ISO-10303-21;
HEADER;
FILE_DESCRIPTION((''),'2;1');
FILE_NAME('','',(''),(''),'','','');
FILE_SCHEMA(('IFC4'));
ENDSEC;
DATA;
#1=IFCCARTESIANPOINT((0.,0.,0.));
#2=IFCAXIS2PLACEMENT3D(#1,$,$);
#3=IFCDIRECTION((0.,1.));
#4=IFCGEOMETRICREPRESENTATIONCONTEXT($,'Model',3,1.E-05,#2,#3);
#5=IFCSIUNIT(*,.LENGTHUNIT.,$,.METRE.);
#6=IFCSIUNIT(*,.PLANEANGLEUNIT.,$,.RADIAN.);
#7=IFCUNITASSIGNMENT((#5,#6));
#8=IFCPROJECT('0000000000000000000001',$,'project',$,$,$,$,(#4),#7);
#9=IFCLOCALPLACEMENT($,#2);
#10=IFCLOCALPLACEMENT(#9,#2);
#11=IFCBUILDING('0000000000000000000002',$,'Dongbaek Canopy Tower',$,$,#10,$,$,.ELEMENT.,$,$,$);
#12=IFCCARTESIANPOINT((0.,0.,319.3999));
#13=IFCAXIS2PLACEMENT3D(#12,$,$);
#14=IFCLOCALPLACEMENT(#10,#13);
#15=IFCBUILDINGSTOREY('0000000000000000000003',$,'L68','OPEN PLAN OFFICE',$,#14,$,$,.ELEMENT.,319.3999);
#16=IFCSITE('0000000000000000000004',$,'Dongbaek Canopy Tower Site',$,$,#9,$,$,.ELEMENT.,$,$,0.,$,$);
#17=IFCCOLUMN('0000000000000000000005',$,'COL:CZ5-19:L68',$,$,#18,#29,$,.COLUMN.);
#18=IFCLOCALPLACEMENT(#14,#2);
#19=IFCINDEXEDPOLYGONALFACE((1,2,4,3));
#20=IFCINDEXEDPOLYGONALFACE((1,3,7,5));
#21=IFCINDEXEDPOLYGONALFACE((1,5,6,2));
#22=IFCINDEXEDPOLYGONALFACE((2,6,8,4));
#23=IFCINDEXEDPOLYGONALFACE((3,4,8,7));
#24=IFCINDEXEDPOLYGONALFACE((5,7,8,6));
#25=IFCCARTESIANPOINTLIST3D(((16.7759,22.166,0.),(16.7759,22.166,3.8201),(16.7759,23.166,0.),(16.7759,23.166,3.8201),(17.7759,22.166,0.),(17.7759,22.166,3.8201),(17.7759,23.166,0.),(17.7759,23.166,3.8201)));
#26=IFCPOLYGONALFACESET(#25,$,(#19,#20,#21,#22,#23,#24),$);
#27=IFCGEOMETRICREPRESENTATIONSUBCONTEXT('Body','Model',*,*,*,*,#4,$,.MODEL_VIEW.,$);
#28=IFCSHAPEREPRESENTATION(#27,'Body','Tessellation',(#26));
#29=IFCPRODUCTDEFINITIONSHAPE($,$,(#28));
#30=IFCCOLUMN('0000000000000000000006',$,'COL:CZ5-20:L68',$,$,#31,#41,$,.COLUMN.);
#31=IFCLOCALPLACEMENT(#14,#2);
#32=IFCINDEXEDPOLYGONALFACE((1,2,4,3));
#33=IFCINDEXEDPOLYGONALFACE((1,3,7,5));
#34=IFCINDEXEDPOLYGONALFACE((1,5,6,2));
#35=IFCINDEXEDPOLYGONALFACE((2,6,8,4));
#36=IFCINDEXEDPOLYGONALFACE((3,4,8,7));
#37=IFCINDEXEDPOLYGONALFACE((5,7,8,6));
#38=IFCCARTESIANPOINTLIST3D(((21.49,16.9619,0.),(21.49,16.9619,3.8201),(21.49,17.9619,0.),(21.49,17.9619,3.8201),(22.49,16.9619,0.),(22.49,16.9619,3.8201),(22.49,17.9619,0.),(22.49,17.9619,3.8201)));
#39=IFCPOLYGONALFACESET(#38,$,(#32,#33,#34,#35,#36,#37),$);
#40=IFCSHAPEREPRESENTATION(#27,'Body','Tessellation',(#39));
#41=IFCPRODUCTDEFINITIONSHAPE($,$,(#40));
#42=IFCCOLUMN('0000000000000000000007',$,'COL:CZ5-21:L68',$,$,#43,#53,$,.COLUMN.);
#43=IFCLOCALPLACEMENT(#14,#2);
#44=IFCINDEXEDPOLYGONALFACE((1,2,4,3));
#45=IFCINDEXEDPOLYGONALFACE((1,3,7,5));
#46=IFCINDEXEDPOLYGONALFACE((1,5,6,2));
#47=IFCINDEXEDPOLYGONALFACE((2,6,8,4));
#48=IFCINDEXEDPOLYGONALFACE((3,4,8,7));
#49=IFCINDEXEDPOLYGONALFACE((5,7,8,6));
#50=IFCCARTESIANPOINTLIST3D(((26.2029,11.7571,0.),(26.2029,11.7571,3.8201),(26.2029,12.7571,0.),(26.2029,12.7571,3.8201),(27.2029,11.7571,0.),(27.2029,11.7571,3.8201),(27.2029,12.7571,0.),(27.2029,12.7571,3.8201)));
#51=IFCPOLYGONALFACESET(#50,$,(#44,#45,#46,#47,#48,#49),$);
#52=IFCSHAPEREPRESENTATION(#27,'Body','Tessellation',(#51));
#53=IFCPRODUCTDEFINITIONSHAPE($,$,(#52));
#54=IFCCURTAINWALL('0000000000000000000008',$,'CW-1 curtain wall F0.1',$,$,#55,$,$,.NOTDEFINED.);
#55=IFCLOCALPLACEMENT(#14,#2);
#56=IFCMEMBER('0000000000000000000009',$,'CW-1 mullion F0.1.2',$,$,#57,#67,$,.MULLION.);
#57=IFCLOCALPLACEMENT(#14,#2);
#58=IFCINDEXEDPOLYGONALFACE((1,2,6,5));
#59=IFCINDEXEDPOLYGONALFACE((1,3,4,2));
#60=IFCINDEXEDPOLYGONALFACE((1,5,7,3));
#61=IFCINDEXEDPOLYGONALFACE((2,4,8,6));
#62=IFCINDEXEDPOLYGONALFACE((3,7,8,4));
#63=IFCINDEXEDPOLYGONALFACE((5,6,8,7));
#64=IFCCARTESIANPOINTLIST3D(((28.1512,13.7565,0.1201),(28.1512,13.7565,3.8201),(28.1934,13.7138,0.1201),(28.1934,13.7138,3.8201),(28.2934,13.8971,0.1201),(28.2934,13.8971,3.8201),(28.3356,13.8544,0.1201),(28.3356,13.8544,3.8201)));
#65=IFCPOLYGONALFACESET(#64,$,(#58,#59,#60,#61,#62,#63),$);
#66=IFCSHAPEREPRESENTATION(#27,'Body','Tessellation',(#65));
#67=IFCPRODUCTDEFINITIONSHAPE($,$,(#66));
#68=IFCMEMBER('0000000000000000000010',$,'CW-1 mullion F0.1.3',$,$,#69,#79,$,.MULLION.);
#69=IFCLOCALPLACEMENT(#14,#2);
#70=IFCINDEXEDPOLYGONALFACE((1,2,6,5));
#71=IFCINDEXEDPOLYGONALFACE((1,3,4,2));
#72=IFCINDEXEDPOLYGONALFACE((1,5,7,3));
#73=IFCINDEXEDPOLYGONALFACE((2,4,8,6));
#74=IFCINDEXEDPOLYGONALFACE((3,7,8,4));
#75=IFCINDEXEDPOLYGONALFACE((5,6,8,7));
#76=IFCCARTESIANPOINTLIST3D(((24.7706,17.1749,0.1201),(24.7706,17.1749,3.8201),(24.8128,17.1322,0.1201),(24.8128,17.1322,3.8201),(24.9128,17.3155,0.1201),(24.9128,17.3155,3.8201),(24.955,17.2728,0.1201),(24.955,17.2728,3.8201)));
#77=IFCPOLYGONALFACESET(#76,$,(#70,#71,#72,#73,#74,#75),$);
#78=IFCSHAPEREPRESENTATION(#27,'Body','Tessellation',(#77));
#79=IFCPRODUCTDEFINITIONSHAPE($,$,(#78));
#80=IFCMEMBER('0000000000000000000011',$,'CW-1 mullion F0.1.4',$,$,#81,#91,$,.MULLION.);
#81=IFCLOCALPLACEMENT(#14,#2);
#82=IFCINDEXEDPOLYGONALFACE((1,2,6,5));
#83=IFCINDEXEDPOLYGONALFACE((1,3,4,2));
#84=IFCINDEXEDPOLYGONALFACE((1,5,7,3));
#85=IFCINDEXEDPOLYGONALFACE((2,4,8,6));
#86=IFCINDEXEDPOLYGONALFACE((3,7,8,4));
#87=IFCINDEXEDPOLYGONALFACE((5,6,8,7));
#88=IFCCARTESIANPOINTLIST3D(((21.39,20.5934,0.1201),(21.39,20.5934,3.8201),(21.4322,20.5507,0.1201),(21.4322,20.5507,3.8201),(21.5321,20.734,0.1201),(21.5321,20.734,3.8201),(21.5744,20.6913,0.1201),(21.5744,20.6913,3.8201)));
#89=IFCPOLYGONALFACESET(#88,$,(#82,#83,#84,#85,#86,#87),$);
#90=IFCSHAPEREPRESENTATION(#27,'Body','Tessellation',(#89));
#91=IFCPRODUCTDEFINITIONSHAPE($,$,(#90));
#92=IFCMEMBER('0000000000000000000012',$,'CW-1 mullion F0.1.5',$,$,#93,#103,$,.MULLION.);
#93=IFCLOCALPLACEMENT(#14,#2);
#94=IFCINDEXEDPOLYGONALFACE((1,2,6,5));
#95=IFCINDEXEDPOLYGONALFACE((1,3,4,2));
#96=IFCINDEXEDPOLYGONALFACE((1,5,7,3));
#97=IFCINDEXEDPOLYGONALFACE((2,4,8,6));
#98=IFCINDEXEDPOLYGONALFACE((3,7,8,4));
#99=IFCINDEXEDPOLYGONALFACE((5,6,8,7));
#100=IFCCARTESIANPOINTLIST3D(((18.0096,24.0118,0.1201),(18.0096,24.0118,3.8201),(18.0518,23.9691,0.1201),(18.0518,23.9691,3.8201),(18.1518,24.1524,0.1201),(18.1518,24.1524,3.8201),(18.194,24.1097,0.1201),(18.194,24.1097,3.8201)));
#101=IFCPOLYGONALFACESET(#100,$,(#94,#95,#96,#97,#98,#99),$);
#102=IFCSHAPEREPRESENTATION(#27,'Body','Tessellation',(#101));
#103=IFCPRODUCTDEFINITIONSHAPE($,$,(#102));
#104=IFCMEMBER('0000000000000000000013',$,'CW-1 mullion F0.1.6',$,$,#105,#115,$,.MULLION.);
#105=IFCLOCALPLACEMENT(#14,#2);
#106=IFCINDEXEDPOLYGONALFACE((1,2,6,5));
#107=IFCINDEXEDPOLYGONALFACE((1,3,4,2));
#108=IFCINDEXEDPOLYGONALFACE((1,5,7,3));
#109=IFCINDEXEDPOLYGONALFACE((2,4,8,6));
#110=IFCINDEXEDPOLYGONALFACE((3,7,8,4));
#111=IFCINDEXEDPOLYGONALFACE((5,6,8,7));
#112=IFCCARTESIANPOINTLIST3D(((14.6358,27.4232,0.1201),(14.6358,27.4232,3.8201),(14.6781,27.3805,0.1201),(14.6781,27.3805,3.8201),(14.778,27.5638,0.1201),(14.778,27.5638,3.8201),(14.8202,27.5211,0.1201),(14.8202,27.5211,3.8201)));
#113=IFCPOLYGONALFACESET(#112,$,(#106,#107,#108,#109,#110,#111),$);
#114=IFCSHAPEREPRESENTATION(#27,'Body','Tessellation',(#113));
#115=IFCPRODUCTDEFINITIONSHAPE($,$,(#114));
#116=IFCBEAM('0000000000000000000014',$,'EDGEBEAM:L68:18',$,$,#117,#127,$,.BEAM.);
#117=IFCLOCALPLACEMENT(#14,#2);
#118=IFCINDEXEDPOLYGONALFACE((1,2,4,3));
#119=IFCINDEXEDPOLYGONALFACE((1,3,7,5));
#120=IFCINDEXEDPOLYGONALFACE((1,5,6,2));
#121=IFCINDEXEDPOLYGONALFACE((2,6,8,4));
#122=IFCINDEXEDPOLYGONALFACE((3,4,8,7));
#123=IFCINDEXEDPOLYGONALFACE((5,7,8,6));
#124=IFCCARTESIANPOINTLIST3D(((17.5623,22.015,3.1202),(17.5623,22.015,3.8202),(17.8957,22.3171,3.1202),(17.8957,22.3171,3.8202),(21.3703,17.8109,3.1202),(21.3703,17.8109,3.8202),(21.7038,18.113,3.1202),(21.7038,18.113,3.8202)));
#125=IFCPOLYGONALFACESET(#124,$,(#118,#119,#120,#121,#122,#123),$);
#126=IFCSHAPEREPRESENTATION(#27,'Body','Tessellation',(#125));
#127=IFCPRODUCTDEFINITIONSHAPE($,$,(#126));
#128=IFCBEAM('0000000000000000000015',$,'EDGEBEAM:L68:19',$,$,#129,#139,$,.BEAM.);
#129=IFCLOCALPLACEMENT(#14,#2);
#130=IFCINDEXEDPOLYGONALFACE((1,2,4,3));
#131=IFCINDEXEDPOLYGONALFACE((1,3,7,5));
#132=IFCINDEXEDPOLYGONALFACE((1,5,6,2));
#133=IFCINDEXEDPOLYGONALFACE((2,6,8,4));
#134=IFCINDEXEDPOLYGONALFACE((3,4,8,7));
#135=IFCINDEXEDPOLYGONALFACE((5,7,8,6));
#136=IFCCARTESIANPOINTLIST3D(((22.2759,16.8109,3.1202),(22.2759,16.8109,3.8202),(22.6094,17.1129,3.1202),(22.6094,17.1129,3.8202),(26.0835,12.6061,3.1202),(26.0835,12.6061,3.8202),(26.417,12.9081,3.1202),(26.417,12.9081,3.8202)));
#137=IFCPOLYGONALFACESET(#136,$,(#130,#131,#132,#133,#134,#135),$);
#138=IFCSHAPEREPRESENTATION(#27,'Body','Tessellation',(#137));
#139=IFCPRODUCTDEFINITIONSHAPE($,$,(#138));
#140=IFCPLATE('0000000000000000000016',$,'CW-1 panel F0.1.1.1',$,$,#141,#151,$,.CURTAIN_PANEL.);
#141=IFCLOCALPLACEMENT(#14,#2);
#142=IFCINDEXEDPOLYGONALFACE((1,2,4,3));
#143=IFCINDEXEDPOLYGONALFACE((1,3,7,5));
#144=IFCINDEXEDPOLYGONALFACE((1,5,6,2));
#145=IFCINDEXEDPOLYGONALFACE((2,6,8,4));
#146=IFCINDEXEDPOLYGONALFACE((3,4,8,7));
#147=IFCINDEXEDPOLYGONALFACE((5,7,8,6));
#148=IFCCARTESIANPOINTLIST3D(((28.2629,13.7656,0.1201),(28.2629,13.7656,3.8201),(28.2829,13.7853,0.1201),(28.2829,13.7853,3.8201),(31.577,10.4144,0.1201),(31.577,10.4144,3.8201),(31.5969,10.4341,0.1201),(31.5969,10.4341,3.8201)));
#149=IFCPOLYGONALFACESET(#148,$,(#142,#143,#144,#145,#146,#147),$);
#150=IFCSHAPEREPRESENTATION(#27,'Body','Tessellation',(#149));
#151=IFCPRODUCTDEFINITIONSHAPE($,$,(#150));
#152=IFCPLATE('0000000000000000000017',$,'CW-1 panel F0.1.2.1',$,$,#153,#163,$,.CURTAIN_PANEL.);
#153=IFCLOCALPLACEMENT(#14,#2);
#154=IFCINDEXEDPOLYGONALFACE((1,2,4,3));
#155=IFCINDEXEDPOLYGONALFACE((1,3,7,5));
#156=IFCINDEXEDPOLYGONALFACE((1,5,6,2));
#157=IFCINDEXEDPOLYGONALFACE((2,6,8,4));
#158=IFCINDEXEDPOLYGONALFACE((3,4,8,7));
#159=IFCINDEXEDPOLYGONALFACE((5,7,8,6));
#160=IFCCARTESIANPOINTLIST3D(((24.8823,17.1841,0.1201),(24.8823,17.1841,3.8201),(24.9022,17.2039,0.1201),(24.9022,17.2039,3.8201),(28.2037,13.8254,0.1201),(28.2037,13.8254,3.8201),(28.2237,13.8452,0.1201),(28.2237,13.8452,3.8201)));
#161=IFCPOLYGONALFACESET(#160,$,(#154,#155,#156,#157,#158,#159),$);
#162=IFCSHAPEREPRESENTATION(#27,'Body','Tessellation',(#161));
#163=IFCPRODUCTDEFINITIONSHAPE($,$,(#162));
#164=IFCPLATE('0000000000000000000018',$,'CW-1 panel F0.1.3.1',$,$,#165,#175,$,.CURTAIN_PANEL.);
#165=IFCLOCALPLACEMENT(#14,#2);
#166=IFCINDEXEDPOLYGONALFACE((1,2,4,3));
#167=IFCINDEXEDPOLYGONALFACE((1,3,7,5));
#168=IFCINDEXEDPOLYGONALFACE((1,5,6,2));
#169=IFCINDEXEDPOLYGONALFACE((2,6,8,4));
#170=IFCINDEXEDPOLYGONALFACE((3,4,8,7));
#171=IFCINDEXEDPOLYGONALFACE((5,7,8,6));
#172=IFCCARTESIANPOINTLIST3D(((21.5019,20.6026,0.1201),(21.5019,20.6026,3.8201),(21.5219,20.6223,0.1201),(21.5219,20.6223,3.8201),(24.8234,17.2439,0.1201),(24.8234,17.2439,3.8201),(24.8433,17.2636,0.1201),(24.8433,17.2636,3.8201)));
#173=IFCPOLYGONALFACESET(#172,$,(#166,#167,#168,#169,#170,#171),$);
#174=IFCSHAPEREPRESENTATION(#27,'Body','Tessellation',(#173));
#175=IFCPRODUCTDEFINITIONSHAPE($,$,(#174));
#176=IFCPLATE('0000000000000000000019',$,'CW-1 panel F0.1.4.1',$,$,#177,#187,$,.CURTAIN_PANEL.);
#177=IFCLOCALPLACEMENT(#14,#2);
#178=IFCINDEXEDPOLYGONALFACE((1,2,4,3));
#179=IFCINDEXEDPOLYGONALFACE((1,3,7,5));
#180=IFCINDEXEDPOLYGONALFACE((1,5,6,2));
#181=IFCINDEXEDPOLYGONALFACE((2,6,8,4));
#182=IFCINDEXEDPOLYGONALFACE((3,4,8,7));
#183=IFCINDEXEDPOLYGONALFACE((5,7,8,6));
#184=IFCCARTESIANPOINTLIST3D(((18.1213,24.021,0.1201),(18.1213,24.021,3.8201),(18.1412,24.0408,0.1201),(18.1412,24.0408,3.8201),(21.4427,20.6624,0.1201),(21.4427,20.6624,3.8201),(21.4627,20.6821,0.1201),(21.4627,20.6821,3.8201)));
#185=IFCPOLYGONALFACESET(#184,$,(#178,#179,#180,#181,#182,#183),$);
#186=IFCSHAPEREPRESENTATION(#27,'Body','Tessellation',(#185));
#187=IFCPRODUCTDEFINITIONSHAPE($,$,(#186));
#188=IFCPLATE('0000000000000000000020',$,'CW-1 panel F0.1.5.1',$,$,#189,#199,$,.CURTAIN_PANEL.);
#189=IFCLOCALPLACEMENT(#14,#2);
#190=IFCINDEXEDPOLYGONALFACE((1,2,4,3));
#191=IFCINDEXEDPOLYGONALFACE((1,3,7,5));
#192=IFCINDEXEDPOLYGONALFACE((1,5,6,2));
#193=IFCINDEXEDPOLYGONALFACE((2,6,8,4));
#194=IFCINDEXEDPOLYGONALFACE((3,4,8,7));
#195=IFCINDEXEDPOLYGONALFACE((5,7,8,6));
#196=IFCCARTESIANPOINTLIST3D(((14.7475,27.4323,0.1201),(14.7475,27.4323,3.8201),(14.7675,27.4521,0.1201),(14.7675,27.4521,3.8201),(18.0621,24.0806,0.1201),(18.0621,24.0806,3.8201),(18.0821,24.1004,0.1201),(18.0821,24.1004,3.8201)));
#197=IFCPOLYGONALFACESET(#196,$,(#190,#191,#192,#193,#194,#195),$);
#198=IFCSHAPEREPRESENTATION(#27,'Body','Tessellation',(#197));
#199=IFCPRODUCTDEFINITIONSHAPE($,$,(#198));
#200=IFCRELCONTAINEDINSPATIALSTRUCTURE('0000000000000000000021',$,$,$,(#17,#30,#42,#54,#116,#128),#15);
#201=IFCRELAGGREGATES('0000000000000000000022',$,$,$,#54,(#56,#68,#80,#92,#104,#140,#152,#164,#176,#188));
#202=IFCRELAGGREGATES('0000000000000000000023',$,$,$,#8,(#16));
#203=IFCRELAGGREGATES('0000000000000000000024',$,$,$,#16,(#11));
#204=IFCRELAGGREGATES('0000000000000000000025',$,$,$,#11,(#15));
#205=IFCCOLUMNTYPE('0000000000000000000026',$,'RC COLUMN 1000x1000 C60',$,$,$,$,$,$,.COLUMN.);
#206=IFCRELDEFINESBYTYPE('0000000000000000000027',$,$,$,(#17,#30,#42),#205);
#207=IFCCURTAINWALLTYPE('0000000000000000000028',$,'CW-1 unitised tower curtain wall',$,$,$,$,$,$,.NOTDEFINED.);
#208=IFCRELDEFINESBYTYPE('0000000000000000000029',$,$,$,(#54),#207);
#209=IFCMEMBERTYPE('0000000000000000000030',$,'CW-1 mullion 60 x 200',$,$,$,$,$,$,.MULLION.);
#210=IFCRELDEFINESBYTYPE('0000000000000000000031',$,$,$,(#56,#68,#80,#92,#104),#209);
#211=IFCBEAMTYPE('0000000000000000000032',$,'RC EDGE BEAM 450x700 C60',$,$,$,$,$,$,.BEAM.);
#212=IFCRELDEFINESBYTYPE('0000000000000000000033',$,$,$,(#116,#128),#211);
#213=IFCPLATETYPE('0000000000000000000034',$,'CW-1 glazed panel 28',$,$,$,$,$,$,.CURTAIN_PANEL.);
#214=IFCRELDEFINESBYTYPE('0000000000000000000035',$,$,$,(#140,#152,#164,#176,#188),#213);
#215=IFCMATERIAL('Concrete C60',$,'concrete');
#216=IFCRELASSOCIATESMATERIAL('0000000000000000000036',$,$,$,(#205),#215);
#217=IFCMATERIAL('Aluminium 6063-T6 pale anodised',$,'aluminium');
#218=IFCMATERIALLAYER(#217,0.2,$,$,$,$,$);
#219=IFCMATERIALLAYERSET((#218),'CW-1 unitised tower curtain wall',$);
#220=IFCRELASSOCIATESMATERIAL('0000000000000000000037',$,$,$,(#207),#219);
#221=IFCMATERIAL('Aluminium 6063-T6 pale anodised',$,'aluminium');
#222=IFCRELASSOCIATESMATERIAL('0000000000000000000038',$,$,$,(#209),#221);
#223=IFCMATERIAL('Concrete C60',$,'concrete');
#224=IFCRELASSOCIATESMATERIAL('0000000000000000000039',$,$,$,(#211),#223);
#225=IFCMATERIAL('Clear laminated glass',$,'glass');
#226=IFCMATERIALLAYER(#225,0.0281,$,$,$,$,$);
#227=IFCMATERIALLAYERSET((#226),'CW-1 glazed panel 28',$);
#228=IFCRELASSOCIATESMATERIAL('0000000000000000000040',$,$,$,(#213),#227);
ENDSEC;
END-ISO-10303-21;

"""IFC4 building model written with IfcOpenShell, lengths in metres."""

from ifc_helpers import new_model, si_unit, direction, frame, origin, origin_2d, place, context, subcontext, project, spatial, rectangle, extrude, material, layer, layer_set, material_profile, profile_set, type_object, element, aggregate, save


model = new_model("IFC4")

# Units and contexts
model_context = context("Model", 3, precision=1e-05, world=origin(), true_north=direction((0.0, 1.0)))
body_context = subcontext(model_context, "Body", "Model", "MODEL_VIEW")
ifc_project = project(units=[si_unit("LENGTHUNIT", "METRE"), si_unit("PLANEANGLEUNIT", "RADIAN")], contexts=[model_context])

# Site, building, storey
site_placement = place(None, origin())
site = spatial("IfcSite", under=ifc_project, at=site_placement, Name="Dongbaek Canopy Tower Site", CompositionType="ELEMENT", RefElevation=0.0)
building_placement = place(site_placement, origin())
building = spatial("IfcBuilding", under=site, at=building_placement, Name="Dongbaek Canopy Tower", CompositionType="ELEMENT")
storey_placement = place(building_placement, frame((0.0, 0.0, 319.3999)))
storey = spatial("IfcBuildingStorey", under=building, at=storey_placement, Name="L68", Description="OPEN PLAN OFFICE", CompositionType="ELEMENT", Elevation=319.3999)

# Columns
ifc_material_1 = material(Name="Concrete C60", Category="concrete")
ifc_material_profile_1 = material_profile(ifc_material_1, rectangle(XDim=1.0, YDim=1.0, at=origin_2d()), Name="RC COLUMN 1000x1000 C60")
ifc_profile_set_1 = profile_set([ifc_material_profile_1], Name="Concrete C60")
column_type = type_object("IfcColumnType", Name="RC COLUMN 1000x1000 C60", PredefinedType="COLUMN", material=ifc_profile_set_1)
for number, where, z_axis, x_axis, name in (
    (1, (17.2759, 22.666, 0.0), (0.0, 0.0, 1.0), (1.0, 0.0, 0.0), "COL:CZ5-19:L68"),
    (2, (21.99, 17.4619, 0.0), (0.0, 0.0, 1.0), (1.0, 0.0, 0.0), "COL:CZ5-20:L68"),
    (3, (26.7029, 12.2571, 0.0), (0.0, 0.0, 1.0), (1.0, 0.0, 0.0), "COL:CZ5-21:L68"),
):
    element("IfcColumn", number, at=place(storey_placement, frame(where, z_axis=z_axis, x_axis=x_axis)), inside=storey, type_object=column_type, Name=name, PredefinedType="COLUMN", context=body_context, shape_type="SweptSolid", body=[
        extrude(rectangle(XDim=1.0, YDim=1.0, at=origin_2d()), origin(), (0.0, 0.0, 1.0), 3.8201),
    ])

# Curtain wall, members
ifc_material_2 = material(Name="Aluminium 6063-T6 pale anodised", Category="aluminium")
ifc_layer_1 = layer(ifc_material_2, 0.2)
ifc_layer_set_1 = layer_set([ifc_layer_1], Name="CW-1 unitised tower curtain wall")
curtain_wall_type = type_object("IfcCurtainWallType", Name="CW-1 unitised tower curtain wall", PredefinedType="NOTDEFINED", material=ifc_layer_set_1)
curtain_wall_placement = place(storey_placement, origin())
curtain_wall = element("IfcCurtainWall", 4, at=curtain_wall_placement, inside=storey, type_object=curtain_wall_type, Name="CW-1 curtain wall F0.1", PredefinedType="NOTDEFINED")
ifc_material_3 = material(Name="Aluminium 6063-T6 pale anodised", Category="aluminium")
ifc_material_profile_2 = material_profile(ifc_material_3, rectangle(XDim=0.2, YDim=0.0601, at=origin_2d()), Name="CW-1 mullion 60 x 200")
ifc_profile_set_2 = profile_set([ifc_material_profile_2], Name="Aluminium 6063-T6 pale anodised")
member_type = type_object("IfcMemberType", Name="CW-1 mullion 60 x 200", PredefinedType="MULLION", material=ifc_profile_set_2)
member_1_placement = place(storey_placement, frame((28.2434, 13.8054, 0.1201), z_axis=(0.0, 0.0, 1.0), x_axis=(0.711035, 0.703156, 0.0)))
member_1 = element("IfcMember", 5, at=member_1_placement, type_object=member_type, Name="CW-1 mullion F0.1.2", PredefinedType="MULLION", context=body_context, shape_type="SweptSolid", body=[
    extrude(rectangle(XDim=0.2, YDim=0.0601, at=origin_2d()), origin(), (0.0, 0.0, 1.0), 3.7),
])
member_2_placement = place(storey_placement, frame((24.8628, 17.2239, 0.1201), z_axis=(0.0, 0.0, 1.0), x_axis=(0.711035, 0.703156, 0.0)))
member_2 = element("IfcMember", 6, at=member_2_placement, type_object=member_type, Name="CW-1 mullion F0.1.3", PredefinedType="MULLION", context=body_context, shape_type="SweptSolid", body=[
    extrude(rectangle(XDim=0.2, YDim=0.0601, at=origin_2d()), origin(), (0.0, 0.0, 1.0), 3.7),
])
member_3_placement = place(storey_placement, frame((21.4822, 20.6423, 0.1201), z_axis=(0.0, 0.0, 1.0), x_axis=(0.711035, 0.703156, 0.0)))
member_3 = element("IfcMember", 7, at=member_3_placement, type_object=member_type, Name="CW-1 mullion F0.1.4", PredefinedType="MULLION", context=body_context, shape_type="SweptSolid", body=[
    extrude(rectangle(XDim=0.2, YDim=0.0601, at=origin_2d()), origin(), (0.0, 0.0, 1.0), 3.7),
])
member_4_placement = place(storey_placement, frame((18.1018, 24.0608, 0.1201), z_axis=(0.0, 0.0, 1.0), x_axis=(0.711035, 0.703156, 0.0)))
member_4 = element("IfcMember", 8, at=member_4_placement, type_object=member_type, Name="CW-1 mullion F0.1.5", PredefinedType="MULLION", context=body_context, shape_type="SweptSolid", body=[
    extrude(rectangle(XDim=0.2, YDim=0.0601, at=origin_2d()), origin(), (0.0, 0.0, 1.0), 3.7),
])
member_5_placement = place(storey_placement, frame((14.728, 27.4722, 0.1201), z_axis=(0.0, 0.0, 1.0), x_axis=(0.711035, 0.703156, 0.0)))
member_5 = element("IfcMember", 9, at=member_5_placement, type_object=member_type, Name="CW-1 mullion F0.1.6", PredefinedType="MULLION", context=body_context, shape_type="SweptSolid", body=[
    extrude(rectangle(XDim=0.2, YDim=0.0601, at=origin_2d()), origin(), (0.0, 0.0, 1.0), 3.7),
])

# Beams
ifc_material_4 = material(Name="Concrete C60", Category="concrete")
ifc_material_profile_3 = material_profile(ifc_material_4, rectangle(XDim=0.45, YDim=0.7, at=origin_2d()), Name="RC EDGE BEAM 450x700 C60")
ifc_profile_set_3 = profile_set([ifc_material_profile_3], Name="Concrete C60")
beam_type = type_object("IfcBeamType", Name="RC EDGE BEAM 450x700 C60", PredefinedType="BEAM", material=ifc_profile_set_3)
beam_1_placement = place(storey_placement, frame((17.729, 22.166, 3.4702), z_axis=(0.671339, -0.74115, 0.0), x_axis=(0.74115, 0.671339, 0.0)))
element("IfcBeam", 10, at=beam_1_placement, inside=storey, type_object=beam_type, Name="EDGEBEAM:L68:18", PredefinedType="BEAM", context=body_context, shape_type="SweptSolid", body=[
    extrude(rectangle(XDim=0.45, YDim=0.7, at=origin_2d()), origin(), (0.0, 0.0, 1.0), 5.6724),
])
beam_2_placement = place(storey_placement, frame((22.4426, 16.9619, 3.4702), z_axis=(0.671228, -0.741251, 0.0), x_axis=(0.741251, 0.671228, 0.0)))
element("IfcBeam", 11, at=beam_2_placement, inside=storey, type_object=beam_type, Name="EDGEBEAM:L68:19", PredefinedType="BEAM", context=body_context, shape_type="SweptSolid", body=[
    extrude(rectangle(XDim=0.45, YDim=0.7, at=origin_2d()), origin(), (0.0, 0.0, 1.0), 5.6726),
])

# Plates
ifc_material_5 = material(Name="Clear laminated glass", Category="glass")
ifc_layer_2 = layer(ifc_material_5, 0.0281)
ifc_layer_set_2 = layer_set([ifc_layer_2], Name="CW-1 glazed panel 28")
plate_type = type_object("IfcPlateType", Name="CW-1 glazed panel 28", PredefinedType="CURTAIN_PANEL", material=ifc_layer_set_2)
plate_1_placement = place(storey_placement, frame((29.9299, 12.0999, 0.1201), z_axis=(0.0, 0.0, 1.0), x_axis=(-0.703156, 0.711035, 0.0)))
plate_1 = element("IfcPlate", 12, at=plate_1_placement, type_object=plate_type, Name="CW-1 panel F0.1.1.1", PredefinedType="CURTAIN_PANEL", context=body_context, shape_type="SweptSolid", body=[
    extrude(rectangle(XDim=4.7131, YDim=0.0281, at=origin_2d()), origin(), (0.0, 0.0, 1.0), 3.7),
])
plate_2_placement = place(storey_placement, frame((26.553, 15.5146, 0.1201), z_axis=(0.0, 0.0, 1.0), x_axis=(-0.703156, 0.711035, 0.0)))
plate_2 = element("IfcPlate", 13, at=plate_2_placement, type_object=plate_type, Name="CW-1 panel F0.1.2.1", PredefinedType="CURTAIN_PANEL", context=body_context, shape_type="SweptSolid", body=[
    extrude(rectangle(XDim=4.7236, YDim=0.0281, at=origin_2d()), origin(), (0.0, 0.0, 1.0), 3.7),
])
plate_3_placement = place(storey_placement, frame((23.1726, 18.9331, 0.1201), z_axis=(0.0, 0.0, 1.0), x_axis=(-0.703156, 0.711035, 0.0)))
plate_3 = element("IfcPlate", 14, at=plate_3_placement, type_object=plate_type, Name="CW-1 panel F0.1.3.1", PredefinedType="CURTAIN_PANEL", context=body_context, shape_type="SweptSolid", body=[
    extrude(rectangle(XDim=4.7236, YDim=0.0281, at=origin_2d()), origin(), (0.0, 0.0, 1.0), 3.7),
])
plate_4_placement = place(storey_placement, frame((19.792, 22.3516, 0.1201), z_axis=(0.0, 0.0, 1.0), x_axis=(-0.703156, 0.711035, 0.0)))
plate_4 = element("IfcPlate", 15, at=plate_4_placement, type_object=plate_type, Name="CW-1 panel F0.1.4.1", PredefinedType="CURTAIN_PANEL", context=body_context, shape_type="SweptSolid", body=[
    extrude(rectangle(XDim=4.7236, YDim=0.0281, at=origin_2d()), origin(), (0.0, 0.0, 1.0), 3.7),
])
plate_5_placement = place(storey_placement, frame((16.4148, 25.7664, 0.1201), z_axis=(0.0, 0.0, 1.0), x_axis=(-0.703156, 0.711035, 0.0)))
plate_5 = element("IfcPlate", 16, at=plate_5_placement, type_object=plate_type, Name="CW-1 panel F0.1.5.1", PredefinedType="CURTAIN_PANEL", context=body_context, shape_type="SweptSolid", body=[
    extrude(rectangle(XDim=4.7139, YDim=0.0281, at=origin_2d()), origin(), (0.0, 0.0, 1.0), 3.7),
])

aggregate(curtain_wall, [member_1, member_2, member_3, member_4, member_5, plate_1, plate_2, plate_3, plate_4, plate_5])

save(model, "model.ifc")
